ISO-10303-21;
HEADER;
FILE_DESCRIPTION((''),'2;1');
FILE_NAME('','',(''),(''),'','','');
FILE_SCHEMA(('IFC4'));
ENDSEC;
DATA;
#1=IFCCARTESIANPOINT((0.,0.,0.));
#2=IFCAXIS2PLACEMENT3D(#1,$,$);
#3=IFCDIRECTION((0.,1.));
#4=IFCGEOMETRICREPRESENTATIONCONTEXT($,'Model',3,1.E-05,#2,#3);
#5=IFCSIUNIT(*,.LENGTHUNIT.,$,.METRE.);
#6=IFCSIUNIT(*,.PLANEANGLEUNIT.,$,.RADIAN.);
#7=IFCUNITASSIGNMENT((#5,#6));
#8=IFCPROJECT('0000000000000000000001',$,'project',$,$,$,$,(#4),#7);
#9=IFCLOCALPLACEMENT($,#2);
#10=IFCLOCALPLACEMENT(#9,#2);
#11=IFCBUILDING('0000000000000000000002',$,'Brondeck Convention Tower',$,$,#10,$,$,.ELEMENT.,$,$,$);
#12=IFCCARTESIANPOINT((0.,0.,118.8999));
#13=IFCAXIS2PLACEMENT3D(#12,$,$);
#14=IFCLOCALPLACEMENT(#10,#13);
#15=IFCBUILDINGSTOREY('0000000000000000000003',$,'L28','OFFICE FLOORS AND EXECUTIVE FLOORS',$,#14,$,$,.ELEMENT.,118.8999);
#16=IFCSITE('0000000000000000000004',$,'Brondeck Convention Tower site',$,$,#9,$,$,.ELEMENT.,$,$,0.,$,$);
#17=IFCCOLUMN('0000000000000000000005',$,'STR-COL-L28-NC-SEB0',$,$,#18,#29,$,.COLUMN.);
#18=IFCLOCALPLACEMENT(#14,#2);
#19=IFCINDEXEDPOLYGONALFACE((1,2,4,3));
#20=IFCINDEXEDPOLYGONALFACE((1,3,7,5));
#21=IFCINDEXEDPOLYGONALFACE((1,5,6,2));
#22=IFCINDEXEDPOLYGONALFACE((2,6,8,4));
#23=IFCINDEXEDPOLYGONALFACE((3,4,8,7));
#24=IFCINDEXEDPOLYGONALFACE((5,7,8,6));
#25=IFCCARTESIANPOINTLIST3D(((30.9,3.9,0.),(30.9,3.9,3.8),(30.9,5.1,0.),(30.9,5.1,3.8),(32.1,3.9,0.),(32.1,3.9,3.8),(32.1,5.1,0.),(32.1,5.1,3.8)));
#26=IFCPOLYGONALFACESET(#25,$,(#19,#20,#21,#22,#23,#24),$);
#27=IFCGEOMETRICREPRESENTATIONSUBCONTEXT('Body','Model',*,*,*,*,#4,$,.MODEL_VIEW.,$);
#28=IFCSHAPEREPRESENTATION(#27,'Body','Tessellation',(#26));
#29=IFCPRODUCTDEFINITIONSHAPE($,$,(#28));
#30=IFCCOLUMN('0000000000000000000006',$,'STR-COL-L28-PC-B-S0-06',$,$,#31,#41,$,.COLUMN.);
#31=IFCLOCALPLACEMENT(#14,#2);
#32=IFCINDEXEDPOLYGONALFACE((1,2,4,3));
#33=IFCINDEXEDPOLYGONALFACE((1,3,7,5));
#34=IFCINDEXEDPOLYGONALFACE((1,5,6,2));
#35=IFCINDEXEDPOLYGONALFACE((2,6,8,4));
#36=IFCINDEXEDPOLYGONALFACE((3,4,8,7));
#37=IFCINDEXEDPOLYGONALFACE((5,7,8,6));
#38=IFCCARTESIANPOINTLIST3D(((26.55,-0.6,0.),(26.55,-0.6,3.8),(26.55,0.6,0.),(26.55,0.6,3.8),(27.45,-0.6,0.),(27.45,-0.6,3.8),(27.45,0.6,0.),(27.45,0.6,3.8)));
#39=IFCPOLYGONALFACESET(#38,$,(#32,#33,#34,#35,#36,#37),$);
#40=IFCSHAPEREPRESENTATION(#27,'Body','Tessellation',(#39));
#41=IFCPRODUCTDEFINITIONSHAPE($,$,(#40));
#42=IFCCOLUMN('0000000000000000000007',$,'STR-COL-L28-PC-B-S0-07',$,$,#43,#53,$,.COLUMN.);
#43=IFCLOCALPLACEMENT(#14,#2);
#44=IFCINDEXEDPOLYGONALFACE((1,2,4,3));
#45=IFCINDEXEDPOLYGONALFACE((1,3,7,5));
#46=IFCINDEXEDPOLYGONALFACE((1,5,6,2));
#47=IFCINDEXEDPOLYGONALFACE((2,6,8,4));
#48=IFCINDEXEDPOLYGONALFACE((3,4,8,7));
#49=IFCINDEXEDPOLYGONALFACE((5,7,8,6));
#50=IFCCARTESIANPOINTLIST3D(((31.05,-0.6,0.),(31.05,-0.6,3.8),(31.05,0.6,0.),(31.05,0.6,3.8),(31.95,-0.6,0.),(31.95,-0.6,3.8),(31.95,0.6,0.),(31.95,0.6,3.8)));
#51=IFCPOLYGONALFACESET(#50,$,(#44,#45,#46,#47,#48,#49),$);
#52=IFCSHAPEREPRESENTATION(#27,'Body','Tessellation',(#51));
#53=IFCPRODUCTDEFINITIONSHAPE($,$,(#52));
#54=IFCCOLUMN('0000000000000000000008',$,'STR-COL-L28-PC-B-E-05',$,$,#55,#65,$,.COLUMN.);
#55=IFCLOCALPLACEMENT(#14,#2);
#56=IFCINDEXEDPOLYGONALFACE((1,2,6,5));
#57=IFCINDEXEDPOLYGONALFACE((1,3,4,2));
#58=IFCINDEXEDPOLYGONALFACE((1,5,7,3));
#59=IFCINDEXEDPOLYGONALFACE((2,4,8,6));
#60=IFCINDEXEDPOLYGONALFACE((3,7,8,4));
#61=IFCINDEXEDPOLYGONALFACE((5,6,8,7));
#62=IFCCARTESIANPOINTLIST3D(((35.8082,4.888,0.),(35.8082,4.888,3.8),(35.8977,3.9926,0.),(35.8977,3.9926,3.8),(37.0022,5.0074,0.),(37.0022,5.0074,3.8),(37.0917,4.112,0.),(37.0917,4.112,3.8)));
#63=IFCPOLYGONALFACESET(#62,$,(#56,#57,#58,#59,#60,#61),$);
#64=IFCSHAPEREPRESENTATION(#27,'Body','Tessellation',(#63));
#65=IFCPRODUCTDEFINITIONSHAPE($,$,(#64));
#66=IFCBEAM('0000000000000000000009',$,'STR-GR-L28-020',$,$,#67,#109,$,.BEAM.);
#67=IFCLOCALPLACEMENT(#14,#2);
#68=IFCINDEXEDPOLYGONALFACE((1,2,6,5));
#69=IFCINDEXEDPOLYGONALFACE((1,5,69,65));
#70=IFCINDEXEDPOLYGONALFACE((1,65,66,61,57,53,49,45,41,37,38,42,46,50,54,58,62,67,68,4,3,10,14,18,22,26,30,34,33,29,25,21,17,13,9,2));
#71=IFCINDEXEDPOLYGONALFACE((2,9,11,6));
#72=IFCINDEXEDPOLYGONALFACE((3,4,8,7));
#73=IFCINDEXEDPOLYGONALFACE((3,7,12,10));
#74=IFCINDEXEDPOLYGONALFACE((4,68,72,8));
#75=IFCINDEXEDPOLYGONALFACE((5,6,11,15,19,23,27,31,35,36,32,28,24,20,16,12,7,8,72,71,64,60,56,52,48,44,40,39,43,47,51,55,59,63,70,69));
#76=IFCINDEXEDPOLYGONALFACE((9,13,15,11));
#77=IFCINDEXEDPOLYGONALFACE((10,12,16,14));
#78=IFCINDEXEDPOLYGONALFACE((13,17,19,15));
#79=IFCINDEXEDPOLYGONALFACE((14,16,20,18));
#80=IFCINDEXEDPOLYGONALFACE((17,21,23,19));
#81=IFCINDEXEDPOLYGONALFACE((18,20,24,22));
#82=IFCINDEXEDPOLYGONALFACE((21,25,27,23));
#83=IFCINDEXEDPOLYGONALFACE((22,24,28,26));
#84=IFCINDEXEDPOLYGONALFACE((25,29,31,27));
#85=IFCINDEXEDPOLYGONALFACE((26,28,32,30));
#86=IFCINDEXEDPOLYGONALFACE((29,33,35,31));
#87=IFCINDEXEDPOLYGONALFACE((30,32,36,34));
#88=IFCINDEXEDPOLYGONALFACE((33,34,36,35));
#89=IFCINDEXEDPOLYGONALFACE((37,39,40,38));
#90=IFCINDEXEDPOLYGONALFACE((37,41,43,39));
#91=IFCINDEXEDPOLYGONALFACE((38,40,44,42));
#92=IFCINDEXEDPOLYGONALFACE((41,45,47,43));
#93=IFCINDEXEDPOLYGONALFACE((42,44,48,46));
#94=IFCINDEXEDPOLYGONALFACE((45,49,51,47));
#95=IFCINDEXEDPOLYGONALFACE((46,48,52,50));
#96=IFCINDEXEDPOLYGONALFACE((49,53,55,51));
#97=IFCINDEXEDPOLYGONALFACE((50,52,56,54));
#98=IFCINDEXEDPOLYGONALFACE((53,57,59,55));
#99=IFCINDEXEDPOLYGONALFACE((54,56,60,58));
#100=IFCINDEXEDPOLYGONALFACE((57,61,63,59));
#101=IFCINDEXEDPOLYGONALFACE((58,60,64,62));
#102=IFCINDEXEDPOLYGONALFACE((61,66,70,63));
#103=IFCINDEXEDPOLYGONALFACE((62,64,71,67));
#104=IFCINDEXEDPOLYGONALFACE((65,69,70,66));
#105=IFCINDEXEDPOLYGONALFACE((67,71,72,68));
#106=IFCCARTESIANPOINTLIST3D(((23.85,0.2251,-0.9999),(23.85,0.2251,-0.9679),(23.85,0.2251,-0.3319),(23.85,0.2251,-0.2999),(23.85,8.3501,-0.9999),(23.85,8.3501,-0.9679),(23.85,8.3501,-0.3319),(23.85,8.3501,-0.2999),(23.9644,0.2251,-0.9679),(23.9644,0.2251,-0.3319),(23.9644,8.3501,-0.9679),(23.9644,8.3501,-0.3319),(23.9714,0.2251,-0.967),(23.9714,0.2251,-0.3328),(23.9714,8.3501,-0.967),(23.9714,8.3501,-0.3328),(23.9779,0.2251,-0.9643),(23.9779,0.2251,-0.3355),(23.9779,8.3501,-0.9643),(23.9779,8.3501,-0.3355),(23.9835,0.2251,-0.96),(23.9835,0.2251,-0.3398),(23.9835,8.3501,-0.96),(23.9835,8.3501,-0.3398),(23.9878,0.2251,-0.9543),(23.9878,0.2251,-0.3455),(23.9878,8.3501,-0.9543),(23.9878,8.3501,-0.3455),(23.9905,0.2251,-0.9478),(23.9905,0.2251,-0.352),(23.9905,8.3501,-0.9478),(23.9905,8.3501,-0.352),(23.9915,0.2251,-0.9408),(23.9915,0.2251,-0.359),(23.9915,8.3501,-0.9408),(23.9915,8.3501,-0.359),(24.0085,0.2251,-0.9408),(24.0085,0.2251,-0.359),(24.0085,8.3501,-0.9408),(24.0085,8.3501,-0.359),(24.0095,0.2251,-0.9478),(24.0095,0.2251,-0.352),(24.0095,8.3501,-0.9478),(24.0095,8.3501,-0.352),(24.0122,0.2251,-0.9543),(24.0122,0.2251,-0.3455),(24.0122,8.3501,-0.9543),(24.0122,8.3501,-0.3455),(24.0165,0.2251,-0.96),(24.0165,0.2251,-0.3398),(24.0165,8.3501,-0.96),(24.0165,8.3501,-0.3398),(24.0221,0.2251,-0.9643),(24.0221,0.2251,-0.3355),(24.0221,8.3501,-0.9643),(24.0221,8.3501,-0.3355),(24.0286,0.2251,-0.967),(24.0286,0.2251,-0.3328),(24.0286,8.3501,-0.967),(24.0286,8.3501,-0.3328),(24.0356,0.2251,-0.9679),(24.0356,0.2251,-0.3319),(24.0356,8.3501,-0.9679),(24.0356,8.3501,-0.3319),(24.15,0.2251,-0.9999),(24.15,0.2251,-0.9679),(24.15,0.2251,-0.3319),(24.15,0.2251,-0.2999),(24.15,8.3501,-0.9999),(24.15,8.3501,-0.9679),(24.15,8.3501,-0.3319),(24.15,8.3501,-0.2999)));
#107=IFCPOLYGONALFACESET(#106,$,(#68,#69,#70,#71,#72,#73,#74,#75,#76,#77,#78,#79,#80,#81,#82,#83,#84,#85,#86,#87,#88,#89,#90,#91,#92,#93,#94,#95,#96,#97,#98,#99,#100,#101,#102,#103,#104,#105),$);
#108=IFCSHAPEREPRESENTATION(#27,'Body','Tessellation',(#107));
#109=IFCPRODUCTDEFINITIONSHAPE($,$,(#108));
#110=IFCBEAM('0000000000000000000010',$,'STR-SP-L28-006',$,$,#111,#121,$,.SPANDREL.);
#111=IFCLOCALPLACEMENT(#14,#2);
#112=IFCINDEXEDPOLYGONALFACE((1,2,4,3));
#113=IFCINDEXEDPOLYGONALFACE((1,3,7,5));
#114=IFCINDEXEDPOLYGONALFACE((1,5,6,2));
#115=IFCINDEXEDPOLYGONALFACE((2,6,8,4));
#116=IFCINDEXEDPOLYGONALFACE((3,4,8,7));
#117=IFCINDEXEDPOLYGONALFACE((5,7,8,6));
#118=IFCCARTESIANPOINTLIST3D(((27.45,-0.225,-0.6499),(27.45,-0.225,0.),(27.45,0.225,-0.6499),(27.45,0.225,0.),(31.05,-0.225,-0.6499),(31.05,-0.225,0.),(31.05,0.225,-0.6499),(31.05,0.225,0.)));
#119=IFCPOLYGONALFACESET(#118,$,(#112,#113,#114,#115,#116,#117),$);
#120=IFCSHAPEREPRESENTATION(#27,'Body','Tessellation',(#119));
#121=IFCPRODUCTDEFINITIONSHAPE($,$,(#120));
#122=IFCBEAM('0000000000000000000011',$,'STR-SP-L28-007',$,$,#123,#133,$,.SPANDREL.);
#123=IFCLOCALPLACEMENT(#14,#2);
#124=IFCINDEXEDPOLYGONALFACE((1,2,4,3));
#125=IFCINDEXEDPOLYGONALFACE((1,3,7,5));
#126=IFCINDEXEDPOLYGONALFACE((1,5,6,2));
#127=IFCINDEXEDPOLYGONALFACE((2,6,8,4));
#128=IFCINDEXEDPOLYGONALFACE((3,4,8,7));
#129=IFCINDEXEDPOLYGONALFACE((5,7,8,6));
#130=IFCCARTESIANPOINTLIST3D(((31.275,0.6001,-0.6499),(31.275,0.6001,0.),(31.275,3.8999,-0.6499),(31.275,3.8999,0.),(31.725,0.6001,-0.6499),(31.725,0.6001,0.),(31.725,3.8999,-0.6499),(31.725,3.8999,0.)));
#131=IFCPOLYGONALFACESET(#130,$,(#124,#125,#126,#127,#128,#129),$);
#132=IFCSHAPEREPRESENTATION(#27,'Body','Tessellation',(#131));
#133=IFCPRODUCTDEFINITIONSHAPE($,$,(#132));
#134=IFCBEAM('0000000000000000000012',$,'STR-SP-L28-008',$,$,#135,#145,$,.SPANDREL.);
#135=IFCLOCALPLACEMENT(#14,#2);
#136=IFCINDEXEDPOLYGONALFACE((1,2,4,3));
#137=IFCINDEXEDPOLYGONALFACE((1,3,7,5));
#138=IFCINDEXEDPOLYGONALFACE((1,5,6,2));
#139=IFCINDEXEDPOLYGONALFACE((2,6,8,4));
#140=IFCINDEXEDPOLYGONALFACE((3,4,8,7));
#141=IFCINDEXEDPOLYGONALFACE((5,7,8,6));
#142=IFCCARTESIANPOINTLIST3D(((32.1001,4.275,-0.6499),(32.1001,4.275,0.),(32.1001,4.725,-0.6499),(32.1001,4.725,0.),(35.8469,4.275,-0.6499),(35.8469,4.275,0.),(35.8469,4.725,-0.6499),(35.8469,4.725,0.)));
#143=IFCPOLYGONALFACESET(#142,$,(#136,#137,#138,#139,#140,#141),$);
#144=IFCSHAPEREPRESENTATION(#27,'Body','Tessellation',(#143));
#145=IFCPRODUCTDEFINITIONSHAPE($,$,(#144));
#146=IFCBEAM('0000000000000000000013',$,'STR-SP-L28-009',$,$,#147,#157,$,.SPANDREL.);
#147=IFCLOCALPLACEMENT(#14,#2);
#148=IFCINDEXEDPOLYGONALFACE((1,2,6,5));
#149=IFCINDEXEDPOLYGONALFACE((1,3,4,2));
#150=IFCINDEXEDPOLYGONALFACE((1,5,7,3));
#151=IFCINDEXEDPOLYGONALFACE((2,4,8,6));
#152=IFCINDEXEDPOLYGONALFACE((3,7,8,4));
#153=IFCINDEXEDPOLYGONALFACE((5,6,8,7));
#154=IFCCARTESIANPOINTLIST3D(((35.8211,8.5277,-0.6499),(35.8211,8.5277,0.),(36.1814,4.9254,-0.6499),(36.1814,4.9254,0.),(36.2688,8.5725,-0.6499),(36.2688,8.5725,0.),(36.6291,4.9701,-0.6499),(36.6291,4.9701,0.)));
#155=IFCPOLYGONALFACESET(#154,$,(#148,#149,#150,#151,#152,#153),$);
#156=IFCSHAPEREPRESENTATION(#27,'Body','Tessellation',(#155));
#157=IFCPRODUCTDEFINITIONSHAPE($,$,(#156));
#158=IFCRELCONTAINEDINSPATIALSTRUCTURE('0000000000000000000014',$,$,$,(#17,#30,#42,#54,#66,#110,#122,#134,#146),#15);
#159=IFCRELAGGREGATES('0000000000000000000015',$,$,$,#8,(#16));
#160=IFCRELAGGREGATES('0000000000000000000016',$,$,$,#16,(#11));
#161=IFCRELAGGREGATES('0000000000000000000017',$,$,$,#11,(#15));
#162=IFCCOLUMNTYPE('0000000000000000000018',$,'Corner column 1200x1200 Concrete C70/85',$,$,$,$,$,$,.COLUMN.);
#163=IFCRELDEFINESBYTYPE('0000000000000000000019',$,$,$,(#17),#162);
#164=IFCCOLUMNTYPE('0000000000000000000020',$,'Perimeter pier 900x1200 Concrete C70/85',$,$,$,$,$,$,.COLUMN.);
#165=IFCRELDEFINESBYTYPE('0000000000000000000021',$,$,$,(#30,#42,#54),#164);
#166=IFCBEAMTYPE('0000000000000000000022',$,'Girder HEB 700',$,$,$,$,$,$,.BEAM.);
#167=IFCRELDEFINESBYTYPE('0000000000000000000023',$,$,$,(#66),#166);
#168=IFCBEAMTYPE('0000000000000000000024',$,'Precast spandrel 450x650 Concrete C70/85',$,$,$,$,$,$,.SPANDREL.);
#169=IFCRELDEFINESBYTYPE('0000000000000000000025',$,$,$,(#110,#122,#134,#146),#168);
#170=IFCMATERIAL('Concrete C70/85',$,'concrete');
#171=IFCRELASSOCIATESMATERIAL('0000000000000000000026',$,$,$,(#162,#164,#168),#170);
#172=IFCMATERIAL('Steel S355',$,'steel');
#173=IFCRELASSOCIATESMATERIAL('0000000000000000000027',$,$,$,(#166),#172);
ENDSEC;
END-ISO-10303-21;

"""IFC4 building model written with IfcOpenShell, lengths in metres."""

from ifc_helpers import new_model, si_unit, direction, frame, origin, origin_2d, place, context, subcontext, project, spatial, rectangle, i_section, extrude, material, material_profile, profile_set, type_object, element, save


model = new_model("IFC4")

# Units and contexts
model_context = context("Model", 3, precision=1e-05, world=origin(), true_north=direction((0.0, 1.0)))
body_context = subcontext(model_context, "Body", "Model", "MODEL_VIEW")
ifc_project = project(units=[si_unit("LENGTHUNIT", "METRE"), si_unit("PLANEANGLEUNIT", "RADIAN")], contexts=[model_context])

# Site, building, storey
site_placement = place(None, origin())
site = spatial("IfcSite", under=ifc_project, at=site_placement, Name="Brondeck Convention Tower site", CompositionType="ELEMENT", RefElevation=0.0)
building_placement = place(site_placement, origin())
building = spatial("IfcBuilding", under=site, at=building_placement, Name="Brondeck Convention Tower", CompositionType="ELEMENT")
storey_placement = place(building_placement, frame((0.0, 0.0, 118.8999)))
storey = spatial("IfcBuildingStorey", under=building, at=storey_placement, Name="L28", Description="OFFICE FLOORS AND EXECUTIVE FLOORS", CompositionType="ELEMENT", Elevation=118.8999)

# Columns
ifc_material_1 = material(Name="Concrete C70/85", Category="concrete")
ifc_material_profile_1 = material_profile(ifc_material_1, rectangle(XDim=1.2, YDim=1.2, at=origin_2d()), Name="Corner column 1200x1200 Concrete C70/85")
ifc_profile_set_1 = profile_set([ifc_material_profile_1], Name="Concrete C70/85")
column_type_1 = type_object("IfcColumnType", Name="Corner column 1200x1200 Concrete C70/85", PredefinedType="COLUMN", material=ifc_profile_set_1)
column_placement = place(storey_placement, frame((31.5, 4.5, 0.0), z_axis=(0.0, 0.0, 1.0), x_axis=(1.0, 0.0, 0.0)))
element("IfcColumn", 1, at=column_placement, inside=storey, type_object=column_type_1, Name="STR-COL-L28-NC-SEB0", PredefinedType="COLUMN", context=body_context, shape_type="SweptSolid", body=[
    extrude(rectangle(XDim=1.2, YDim=1.2, at=origin_2d()), origin(), (0.0, 0.0, 1.0), 3.8),
])
ifc_material_profile_2 = material_profile(ifc_material_1, rectangle(XDim=0.8999, YDim=1.2, at=origin_2d()), Name="Perimeter pier 900x1200 Concrete C70/85")
ifc_profile_set_2 = profile_set([ifc_material_profile_2], Name="Concrete C70/85")
column_type_2 = type_object("IfcColumnType", Name="Perimeter pier 900x1200 Concrete C70/85", PredefinedType="COLUMN", material=ifc_profile_set_2)
for number, where, z_axis, x_axis, name in (
    (2, (27.0, 0.0, 0.0), (0.0, 0.0, 1.0), (1.0, 0.0, 0.0), "STR-COL-L28-PC-B-S0-06"),
    (3, (31.5, 0.0, 0.0), (0.0, 0.0, 1.0), (1.0, 0.0, 0.0), "STR-COL-L28-PC-B-S0-07"),
    (4, (36.45, 4.5, 0.0), (0.0, 0.0, 1.0), (-0.099504, 0.995037, 0.0), "STR-COL-L28-PC-B-E-05"),
):
    element("IfcColumn", number, at=place(storey_placement, frame(where, z_axis=z_axis, x_axis=x_axis)), inside=storey, type_object=column_type_2, Name=name, PredefinedType="COLUMN", context=body_context, shape_type="SweptSolid", body=[
        extrude(rectangle(XDim=0.8999, YDim=1.2, at=origin_2d()), origin(), (0.0, 0.0, 1.0), 3.8),
    ])

# Beams
ifc_material_2 = material(Name="Steel S355", Category="steel")
ifc_material_profile_3 = material_profile(ifc_material_2, i_section(OverallWidth=0.3, OverallDepth=0.7, WebThickness=0.0171, FlangeThickness=0.032, FilletRadius=0.0271, at=origin_2d()), Name="HEB 700")
ifc_profile_set_3 = profile_set([ifc_material_profile_3], Name="Steel S355")
beam_type_1 = type_object("IfcBeamType", Name="Girder HEB 700", PredefinedType="BEAM", material=ifc_profile_set_3)
beam_1_placement = place(storey_placement, frame((24.0, 8.3501, -0.6499), z_axis=(0.0, -1.0, 0.0), x_axis=(1.0, 0.0, 0.0)))
element("IfcBeam", 5, at=beam_1_placement, inside=storey, type_object=beam_type_1, Name="STR-GR-L28-020", PredefinedType="BEAM", context=body_context, shape_type="SweptSolid", body=[
    extrude(i_section(OverallWidth=0.3, OverallDepth=0.7, WebThickness=0.0171, FlangeThickness=0.032, FilletRadius=0.0271, at=origin_2d()), origin(), (0.0, 0.0, 1.0), 8.125),
])
ifc_material_profile_4 = material_profile(ifc_material_1, rectangle(XDim=0.45, YDim=0.6499, at=origin_2d()), Name="Precast spandrel 450x650 Concrete C70/85")
ifc_profile_set_4 = profile_set([ifc_material_profile_4], Name="Concrete C70/85")
beam_type_2 = type_object("IfcBeamType", Name="Precast spandrel 450x650 Concrete C70/85", PredefinedType="SPANDREL", material=ifc_profile_set_4)
beam_2_placement = place(storey_placement, frame((27.45, 0.0, -0.325), z_axis=(1.0, 0.0, 0.0), x_axis=(0.0, 1.0, 0.0)))
element("IfcBeam", 6, at=beam_2_placement, inside=storey, type_object=beam_type_2, Name="STR-SP-L28-006", PredefinedType="SPANDREL", context=body_context, shape_type="SweptSolid", body=[
    extrude(rectangle(XDim=0.45, YDim=0.6499, at=origin_2d()), origin(), (0.0, 0.0, 1.0), 3.6001),
])
beam_3_placement = place(storey_placement, frame((31.5, 0.6001, -0.325), z_axis=(0.0, 1.0, 0.0), x_axis=(-1.0, 0.0, 0.0)))
element("IfcBeam", 7, at=beam_3_placement, inside=storey, type_object=beam_type_2, Name="STR-SP-L28-007", PredefinedType="SPANDREL", context=body_context, shape_type="SweptSolid", body=[
    extrude(rectangle(XDim=0.45, YDim=0.6499, at=origin_2d()), origin(), (0.0, 0.0, 1.0), 3.2998),
])
beam_4_placement = place(storey_placement, frame((32.1001, 4.5, -0.325), z_axis=(1.0, 0.0, 0.0), x_axis=(0.0, 1.0, 0.0)))
element("IfcBeam", 8, at=beam_4_placement, inside=storey, type_object=beam_type_2, Name="STR-SP-L28-008", PredefinedType="SPANDREL", context=body_context, shape_type="SweptSolid", body=[
    extrude(rectangle(XDim=0.45, YDim=0.6499, at=origin_2d()), origin(), (0.0, 0.0, 1.0), 3.7468),
])
beam_5_placement = place(storey_placement, frame((36.4053, 4.9478, -0.325), z_axis=(-0.099537, 0.995034, 0.0), x_axis=(-0.995034, -0.099537, 0.0)))
element("IfcBeam", 9, at=beam_5_placement, inside=storey, type_object=beam_type_2, Name="STR-SP-L28-009", PredefinedType="SPANDREL", context=body_context, shape_type="SweptSolid", body=[
    extrude(rectangle(XDim=0.45, YDim=0.6499, at=origin_2d()), origin(), (0.0, 0.0, 1.0), 3.6204),
])

save(model, "model.ifc")
